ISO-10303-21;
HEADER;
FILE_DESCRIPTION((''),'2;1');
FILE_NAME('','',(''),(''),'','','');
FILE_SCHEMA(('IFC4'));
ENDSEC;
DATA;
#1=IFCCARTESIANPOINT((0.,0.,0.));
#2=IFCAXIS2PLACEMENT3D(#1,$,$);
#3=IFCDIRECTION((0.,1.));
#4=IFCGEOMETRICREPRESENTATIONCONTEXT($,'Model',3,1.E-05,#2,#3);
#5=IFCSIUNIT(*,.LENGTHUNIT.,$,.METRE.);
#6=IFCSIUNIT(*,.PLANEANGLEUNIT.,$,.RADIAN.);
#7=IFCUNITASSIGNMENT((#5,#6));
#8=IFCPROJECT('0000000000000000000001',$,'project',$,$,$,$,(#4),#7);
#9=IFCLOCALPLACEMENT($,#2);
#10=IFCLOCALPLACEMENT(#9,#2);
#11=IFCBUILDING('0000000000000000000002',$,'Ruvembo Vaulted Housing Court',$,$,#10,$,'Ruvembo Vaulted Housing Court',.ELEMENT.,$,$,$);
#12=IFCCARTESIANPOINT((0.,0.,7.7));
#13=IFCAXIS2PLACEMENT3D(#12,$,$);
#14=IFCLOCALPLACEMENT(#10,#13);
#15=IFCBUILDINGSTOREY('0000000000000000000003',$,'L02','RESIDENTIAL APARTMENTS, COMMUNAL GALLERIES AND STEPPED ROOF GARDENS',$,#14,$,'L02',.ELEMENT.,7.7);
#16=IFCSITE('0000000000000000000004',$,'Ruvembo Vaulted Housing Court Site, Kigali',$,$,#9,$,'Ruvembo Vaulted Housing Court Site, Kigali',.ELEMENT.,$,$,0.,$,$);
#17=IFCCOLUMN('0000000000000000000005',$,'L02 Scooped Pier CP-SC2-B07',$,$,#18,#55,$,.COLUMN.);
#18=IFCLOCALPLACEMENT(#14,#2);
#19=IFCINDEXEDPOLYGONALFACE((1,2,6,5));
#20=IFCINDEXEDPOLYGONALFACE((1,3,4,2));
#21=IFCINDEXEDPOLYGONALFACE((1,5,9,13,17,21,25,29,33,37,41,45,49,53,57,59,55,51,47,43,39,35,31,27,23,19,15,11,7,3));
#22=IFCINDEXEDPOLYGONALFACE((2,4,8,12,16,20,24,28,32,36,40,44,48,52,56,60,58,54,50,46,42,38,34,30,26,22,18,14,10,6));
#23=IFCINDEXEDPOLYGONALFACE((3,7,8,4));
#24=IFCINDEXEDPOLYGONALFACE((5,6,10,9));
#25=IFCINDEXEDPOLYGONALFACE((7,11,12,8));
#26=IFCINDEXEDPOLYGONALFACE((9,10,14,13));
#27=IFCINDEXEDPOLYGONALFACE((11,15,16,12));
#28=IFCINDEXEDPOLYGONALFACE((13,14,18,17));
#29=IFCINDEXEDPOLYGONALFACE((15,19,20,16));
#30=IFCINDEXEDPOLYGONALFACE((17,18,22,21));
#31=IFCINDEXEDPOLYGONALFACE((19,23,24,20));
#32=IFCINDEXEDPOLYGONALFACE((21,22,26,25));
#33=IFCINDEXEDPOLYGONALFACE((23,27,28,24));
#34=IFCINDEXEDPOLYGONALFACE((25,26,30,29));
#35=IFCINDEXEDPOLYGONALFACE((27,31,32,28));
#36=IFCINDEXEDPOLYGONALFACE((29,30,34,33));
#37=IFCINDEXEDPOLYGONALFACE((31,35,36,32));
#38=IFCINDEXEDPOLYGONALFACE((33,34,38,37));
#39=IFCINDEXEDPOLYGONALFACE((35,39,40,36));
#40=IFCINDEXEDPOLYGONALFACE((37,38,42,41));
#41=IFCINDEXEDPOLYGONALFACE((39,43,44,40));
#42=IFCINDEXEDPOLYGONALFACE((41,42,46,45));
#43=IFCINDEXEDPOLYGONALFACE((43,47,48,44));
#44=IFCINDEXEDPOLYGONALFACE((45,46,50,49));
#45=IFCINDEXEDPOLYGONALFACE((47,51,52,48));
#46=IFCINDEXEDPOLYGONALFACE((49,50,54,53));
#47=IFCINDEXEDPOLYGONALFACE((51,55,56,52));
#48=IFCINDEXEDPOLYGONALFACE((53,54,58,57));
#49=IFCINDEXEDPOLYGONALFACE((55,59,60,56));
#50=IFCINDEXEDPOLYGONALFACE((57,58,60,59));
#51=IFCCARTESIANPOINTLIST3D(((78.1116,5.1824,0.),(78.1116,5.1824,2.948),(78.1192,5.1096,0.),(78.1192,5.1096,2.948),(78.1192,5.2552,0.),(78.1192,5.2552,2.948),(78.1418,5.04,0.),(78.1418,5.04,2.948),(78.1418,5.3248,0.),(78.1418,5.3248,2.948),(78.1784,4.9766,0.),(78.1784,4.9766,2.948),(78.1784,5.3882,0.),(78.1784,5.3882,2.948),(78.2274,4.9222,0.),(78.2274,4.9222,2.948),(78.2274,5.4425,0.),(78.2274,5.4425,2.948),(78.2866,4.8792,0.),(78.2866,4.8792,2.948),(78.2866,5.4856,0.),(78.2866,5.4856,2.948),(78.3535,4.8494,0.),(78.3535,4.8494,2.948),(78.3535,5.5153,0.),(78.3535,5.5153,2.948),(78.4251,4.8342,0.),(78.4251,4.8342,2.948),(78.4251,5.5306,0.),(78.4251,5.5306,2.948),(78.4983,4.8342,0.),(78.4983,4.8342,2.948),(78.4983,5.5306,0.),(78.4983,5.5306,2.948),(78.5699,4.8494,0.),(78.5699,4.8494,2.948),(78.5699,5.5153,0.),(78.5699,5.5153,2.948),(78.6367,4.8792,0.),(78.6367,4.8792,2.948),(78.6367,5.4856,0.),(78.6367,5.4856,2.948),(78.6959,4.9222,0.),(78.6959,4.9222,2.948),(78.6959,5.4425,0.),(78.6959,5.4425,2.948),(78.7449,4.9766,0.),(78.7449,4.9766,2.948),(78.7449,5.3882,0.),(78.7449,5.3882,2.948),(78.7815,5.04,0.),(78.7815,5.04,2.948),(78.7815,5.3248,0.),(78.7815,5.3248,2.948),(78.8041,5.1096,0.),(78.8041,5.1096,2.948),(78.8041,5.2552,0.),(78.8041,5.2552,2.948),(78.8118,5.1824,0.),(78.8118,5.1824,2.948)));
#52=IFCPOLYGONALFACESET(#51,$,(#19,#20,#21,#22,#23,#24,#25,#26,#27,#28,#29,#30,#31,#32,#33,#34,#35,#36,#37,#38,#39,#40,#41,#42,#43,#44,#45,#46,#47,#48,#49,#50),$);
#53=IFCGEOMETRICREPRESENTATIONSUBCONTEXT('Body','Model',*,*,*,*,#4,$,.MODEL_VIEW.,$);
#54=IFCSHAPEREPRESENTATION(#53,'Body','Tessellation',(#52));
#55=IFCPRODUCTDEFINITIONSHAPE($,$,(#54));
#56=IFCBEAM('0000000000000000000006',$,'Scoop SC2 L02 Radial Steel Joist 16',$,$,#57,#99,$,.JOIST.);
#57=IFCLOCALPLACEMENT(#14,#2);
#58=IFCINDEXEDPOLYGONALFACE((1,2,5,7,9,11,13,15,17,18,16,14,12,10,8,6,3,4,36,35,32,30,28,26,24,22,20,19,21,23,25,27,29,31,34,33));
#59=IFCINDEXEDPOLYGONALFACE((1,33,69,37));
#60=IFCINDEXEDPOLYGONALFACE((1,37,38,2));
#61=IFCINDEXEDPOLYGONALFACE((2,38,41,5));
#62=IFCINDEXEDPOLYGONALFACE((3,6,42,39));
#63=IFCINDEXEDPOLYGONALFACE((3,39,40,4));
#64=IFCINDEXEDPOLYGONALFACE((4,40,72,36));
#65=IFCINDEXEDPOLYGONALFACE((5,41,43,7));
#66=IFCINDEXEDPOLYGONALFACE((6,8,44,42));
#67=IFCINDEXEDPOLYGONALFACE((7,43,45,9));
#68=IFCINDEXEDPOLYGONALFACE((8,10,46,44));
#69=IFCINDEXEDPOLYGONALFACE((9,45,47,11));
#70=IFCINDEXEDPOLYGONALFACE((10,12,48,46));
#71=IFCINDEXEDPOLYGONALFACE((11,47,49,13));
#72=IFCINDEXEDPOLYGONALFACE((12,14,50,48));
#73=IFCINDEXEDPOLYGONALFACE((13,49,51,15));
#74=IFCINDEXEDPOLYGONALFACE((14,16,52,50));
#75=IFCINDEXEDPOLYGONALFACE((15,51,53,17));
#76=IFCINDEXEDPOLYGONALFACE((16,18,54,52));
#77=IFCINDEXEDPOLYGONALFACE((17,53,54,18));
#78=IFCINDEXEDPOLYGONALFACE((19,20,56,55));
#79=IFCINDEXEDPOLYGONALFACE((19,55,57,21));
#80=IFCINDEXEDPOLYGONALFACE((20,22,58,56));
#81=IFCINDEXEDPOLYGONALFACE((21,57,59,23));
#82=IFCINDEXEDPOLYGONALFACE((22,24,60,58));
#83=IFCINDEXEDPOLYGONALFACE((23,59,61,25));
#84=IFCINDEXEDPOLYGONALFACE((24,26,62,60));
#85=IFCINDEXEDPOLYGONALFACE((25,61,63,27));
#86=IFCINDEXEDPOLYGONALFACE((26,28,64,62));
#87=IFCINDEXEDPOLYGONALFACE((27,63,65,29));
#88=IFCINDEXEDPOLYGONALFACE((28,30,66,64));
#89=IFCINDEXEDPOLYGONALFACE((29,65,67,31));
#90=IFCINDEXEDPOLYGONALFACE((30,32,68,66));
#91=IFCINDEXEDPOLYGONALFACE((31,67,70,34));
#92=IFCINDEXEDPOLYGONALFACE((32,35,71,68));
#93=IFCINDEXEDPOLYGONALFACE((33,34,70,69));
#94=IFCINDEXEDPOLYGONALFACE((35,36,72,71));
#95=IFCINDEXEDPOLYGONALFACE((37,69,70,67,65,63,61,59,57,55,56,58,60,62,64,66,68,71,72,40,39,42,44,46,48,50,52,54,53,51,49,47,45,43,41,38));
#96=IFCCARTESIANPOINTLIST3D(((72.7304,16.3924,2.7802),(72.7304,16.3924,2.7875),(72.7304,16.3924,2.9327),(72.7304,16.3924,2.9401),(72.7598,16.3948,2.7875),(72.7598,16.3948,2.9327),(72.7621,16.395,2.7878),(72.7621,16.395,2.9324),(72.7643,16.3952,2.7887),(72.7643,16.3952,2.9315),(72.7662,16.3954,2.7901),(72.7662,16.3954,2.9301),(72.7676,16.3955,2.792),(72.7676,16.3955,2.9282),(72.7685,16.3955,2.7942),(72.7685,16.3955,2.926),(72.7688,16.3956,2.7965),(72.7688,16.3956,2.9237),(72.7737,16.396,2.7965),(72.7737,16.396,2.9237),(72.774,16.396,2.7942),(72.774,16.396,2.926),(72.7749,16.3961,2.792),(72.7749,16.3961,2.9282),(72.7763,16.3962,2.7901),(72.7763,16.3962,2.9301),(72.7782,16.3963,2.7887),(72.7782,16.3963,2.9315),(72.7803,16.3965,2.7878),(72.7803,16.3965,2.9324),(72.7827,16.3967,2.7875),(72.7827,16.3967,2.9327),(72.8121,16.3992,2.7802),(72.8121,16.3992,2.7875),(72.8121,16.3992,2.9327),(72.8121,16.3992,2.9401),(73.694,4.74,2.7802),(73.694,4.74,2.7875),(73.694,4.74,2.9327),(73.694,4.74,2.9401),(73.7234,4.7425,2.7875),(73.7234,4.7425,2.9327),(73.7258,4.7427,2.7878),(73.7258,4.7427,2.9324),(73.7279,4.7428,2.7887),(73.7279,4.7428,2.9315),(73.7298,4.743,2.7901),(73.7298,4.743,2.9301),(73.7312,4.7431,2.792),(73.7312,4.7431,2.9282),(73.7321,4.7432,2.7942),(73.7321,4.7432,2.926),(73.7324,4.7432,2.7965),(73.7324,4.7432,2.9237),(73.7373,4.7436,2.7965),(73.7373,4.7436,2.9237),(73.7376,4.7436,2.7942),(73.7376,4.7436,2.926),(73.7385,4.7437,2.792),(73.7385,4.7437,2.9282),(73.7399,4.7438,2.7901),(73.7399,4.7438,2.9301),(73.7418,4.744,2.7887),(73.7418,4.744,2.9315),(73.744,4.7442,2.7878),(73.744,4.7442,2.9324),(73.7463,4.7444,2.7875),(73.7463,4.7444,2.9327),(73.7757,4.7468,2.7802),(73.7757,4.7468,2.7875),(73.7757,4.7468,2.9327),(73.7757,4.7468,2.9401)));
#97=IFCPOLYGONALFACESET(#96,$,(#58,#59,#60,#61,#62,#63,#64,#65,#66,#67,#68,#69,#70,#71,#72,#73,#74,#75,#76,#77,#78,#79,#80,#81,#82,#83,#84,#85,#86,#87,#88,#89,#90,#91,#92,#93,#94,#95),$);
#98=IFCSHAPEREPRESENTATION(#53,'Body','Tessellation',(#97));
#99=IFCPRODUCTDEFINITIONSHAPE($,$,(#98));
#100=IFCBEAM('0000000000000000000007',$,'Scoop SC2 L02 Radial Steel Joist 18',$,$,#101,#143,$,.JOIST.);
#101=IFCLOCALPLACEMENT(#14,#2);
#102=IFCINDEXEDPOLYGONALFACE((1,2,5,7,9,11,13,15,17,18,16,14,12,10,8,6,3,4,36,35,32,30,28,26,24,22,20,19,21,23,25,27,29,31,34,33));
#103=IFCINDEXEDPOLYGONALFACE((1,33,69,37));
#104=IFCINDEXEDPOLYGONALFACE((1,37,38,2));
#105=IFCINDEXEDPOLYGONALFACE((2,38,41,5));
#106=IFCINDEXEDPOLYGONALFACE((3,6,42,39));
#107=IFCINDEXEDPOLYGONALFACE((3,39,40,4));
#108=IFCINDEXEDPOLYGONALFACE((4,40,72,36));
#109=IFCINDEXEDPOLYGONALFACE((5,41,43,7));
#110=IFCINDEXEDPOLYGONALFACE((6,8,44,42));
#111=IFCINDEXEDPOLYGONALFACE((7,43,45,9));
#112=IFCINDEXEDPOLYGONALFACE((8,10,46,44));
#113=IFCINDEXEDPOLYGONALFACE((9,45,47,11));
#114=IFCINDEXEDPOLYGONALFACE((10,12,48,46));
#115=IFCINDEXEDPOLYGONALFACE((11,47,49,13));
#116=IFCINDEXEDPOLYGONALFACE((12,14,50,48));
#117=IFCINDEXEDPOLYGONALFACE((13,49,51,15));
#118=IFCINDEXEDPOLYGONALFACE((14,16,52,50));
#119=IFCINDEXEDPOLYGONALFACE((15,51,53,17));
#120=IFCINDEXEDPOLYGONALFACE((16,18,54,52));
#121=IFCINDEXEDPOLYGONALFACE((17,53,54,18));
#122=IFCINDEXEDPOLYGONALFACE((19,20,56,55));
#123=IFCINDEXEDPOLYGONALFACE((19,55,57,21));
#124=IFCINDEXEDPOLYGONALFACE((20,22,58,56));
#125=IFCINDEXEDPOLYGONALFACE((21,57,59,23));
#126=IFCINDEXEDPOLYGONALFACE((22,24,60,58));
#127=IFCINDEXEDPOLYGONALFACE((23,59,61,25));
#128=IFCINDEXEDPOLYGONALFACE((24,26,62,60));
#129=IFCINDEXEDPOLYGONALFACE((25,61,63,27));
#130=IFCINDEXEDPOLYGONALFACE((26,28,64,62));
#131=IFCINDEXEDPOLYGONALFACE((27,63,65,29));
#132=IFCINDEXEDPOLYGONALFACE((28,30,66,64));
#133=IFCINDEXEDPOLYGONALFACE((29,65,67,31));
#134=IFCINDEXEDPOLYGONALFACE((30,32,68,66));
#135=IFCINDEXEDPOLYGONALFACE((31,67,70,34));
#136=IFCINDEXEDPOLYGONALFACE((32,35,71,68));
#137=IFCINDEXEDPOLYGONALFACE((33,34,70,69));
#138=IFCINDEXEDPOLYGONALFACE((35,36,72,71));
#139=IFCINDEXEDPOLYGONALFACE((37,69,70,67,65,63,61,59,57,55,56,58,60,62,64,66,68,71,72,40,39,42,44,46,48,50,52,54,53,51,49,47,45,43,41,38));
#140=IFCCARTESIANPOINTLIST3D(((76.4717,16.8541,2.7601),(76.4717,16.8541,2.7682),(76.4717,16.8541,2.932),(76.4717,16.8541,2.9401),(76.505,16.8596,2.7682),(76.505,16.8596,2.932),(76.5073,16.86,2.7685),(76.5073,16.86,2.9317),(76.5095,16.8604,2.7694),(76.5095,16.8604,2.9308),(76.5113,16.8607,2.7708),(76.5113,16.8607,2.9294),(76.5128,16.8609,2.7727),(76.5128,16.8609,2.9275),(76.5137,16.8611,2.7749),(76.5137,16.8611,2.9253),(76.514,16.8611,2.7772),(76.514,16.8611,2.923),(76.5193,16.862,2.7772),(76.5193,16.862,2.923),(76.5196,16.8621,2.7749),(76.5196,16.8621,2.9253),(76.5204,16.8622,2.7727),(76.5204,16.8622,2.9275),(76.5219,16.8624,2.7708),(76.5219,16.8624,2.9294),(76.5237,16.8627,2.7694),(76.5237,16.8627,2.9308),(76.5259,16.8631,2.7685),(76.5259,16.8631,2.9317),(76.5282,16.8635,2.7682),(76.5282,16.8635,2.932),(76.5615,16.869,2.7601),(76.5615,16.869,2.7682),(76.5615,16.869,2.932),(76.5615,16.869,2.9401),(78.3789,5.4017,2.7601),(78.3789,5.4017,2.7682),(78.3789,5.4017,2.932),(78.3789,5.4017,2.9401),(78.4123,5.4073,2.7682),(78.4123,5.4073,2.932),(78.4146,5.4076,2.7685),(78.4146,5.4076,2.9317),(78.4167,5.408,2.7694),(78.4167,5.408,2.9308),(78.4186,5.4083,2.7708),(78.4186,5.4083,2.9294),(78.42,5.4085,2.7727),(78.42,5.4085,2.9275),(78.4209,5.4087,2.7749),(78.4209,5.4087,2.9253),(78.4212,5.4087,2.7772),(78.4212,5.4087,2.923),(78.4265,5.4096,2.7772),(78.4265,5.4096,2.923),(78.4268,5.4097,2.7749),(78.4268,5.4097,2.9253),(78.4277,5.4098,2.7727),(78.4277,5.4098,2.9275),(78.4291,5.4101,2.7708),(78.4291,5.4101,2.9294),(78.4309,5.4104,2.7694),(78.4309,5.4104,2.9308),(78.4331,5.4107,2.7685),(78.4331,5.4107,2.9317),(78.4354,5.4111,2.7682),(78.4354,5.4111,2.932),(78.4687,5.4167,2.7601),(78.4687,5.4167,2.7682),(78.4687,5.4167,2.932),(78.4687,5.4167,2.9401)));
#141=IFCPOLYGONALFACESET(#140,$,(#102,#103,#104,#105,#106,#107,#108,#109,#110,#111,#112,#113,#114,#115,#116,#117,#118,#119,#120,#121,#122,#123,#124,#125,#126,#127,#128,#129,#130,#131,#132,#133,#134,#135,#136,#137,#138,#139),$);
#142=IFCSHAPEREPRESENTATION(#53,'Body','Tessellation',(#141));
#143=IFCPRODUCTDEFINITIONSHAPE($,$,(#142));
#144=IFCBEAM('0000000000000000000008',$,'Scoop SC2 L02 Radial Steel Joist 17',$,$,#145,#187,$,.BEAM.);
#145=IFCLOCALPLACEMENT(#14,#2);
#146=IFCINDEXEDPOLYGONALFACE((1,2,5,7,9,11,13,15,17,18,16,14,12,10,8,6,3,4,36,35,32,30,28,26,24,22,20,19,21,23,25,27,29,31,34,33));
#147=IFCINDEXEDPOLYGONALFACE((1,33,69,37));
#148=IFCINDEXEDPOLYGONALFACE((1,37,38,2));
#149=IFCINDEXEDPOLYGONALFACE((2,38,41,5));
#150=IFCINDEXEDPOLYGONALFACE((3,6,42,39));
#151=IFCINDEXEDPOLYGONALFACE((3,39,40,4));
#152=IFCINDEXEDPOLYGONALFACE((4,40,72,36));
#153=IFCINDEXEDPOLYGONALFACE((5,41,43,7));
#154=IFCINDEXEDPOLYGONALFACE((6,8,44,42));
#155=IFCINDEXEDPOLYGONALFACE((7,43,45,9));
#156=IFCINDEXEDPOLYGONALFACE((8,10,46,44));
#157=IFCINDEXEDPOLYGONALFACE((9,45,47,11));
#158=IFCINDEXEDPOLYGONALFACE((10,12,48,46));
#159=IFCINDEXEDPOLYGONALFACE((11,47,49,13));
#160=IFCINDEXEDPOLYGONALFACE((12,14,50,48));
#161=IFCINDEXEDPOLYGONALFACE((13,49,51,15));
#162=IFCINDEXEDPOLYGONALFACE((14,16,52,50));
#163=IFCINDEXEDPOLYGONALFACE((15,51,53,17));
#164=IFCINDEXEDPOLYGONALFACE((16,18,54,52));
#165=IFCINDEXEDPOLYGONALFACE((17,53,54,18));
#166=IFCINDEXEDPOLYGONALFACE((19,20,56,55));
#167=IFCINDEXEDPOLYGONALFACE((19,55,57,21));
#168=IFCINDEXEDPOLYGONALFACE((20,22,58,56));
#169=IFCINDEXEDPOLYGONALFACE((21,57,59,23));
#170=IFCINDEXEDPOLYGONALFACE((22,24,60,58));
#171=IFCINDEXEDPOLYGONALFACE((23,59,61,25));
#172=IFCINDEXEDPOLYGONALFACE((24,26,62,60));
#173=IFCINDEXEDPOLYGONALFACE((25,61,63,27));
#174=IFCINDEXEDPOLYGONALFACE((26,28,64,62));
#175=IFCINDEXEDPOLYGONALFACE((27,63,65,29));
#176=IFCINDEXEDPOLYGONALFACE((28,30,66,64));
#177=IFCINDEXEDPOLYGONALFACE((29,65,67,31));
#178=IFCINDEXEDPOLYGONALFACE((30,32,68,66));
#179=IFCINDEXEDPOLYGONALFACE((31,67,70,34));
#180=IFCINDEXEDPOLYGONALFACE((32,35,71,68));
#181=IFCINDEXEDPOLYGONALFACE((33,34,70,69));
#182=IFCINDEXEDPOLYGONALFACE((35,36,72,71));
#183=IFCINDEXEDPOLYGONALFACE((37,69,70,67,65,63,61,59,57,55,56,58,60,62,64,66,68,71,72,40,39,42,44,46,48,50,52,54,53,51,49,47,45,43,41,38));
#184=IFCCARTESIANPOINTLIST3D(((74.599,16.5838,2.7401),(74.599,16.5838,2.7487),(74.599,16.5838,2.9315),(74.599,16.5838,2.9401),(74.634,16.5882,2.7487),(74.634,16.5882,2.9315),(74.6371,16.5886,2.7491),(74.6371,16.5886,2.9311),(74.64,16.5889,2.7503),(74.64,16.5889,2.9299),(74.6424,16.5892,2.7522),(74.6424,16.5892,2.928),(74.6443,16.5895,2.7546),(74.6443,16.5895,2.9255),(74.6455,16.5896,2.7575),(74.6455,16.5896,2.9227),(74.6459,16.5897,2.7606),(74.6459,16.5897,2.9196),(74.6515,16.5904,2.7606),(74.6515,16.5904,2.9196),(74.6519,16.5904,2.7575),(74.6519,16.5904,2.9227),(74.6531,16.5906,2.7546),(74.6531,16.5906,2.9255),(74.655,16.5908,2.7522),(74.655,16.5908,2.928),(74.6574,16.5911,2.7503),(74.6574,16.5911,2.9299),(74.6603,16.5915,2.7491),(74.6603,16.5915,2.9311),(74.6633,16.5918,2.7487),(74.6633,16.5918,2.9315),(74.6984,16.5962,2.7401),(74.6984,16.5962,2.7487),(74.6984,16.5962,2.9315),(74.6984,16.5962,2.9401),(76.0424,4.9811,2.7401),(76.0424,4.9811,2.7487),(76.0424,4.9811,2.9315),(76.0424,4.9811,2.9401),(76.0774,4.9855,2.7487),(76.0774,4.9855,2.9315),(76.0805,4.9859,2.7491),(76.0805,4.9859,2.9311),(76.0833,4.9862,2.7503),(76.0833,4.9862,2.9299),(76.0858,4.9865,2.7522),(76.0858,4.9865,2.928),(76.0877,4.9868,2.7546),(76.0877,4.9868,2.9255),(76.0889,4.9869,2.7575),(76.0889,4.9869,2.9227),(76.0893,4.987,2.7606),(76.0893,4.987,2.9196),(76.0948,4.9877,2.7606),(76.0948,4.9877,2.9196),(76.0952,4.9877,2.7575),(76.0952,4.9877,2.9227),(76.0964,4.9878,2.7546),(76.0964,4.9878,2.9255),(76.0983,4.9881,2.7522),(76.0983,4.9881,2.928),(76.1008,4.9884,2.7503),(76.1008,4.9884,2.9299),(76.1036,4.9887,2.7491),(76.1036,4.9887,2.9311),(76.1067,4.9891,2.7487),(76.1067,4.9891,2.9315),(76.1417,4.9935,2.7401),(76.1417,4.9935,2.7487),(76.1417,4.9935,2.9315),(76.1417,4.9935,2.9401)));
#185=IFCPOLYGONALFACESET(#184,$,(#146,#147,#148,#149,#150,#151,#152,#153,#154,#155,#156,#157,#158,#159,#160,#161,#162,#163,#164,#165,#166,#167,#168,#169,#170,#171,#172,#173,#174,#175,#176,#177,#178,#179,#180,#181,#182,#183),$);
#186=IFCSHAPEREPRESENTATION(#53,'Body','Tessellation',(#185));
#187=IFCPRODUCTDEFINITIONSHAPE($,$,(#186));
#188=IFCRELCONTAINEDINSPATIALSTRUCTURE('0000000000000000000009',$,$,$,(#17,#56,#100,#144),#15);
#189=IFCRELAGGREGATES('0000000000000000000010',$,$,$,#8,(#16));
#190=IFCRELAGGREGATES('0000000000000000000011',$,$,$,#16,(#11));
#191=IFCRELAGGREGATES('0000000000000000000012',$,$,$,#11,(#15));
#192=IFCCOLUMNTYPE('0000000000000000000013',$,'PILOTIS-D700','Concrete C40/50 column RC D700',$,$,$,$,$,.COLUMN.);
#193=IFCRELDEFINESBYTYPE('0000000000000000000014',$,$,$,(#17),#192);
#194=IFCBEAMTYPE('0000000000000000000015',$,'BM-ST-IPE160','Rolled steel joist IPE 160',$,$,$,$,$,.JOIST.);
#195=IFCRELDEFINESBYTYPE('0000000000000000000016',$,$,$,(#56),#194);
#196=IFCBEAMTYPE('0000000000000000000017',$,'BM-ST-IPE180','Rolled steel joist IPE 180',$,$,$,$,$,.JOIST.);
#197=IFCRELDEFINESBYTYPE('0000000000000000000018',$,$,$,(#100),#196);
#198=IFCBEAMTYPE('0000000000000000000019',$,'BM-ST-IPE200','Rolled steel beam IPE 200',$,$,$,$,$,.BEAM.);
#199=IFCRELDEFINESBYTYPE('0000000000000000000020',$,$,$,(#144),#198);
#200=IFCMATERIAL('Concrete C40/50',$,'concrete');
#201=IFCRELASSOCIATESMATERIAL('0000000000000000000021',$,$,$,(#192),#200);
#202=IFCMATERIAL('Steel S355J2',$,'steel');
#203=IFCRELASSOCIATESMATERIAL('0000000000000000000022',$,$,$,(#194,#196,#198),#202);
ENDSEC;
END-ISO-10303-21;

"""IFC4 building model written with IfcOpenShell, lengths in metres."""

from ifc_helpers import new_model, si_unit, direction, frame, origin, origin_2d, place, context, subcontext, project, spatial, circle, i_section, extrude, material, material_profile, profile_set, type_object, element, save


model = new_model("IFC4")

# Units and contexts
model_context = context("Model", 3, precision=1e-05, world=origin(), true_north=direction((0.0, 1.0)))
body_context = subcontext(model_context, "Body", "Model", "MODEL_VIEW")
ifc_project = project(units=[si_unit("LENGTHUNIT", "METRE"), si_unit("PLANEANGLEUNIT", "RADIAN")], contexts=[model_context])

# Site, building, storey
site_placement = place(None, origin())
site = spatial("IfcSite", under=ifc_project, at=site_placement, Name="Ruvembo Vaulted Housing Court Site, Kigali", LongName="Ruvembo Vaulted Housing Court Site, Kigali", CompositionType="ELEMENT", RefElevation=0.0)
building_placement = place(site_placement, origin())
building = spatial("IfcBuilding", under=site, at=building_placement, Name="Ruvembo Vaulted Housing Court", LongName="Ruvembo Vaulted Housing Court", CompositionType="ELEMENT")
storey_placement = place(building_placement, frame((0.0, 0.0, 7.7)))
storey = spatial("IfcBuildingStorey", under=building, at=storey_placement, Name="L02", Description="RESIDENTIAL APARTMENTS, COMMUNAL GALLERIES AND STEPPED ROOF GARDENS", LongName="L02", CompositionType="ELEMENT", Elevation=7.7)

# Column
ifc_material_1 = material(Name="Concrete C40/50", Category="concrete")
ifc_material_profile_1 = material_profile(ifc_material_1, circle(Radius=0.3501, at=origin_2d()), Name="RC D700")
ifc_profile_set_1 = profile_set([ifc_material_profile_1], Name="Concrete C40/50")
column_type = type_object("IfcColumnType", Name="PILOTIS-D700", Description="Concrete C40/50 column RC D700", PredefinedType="COLUMN", material=ifc_profile_set_1)
column_placement = place(storey_placement, frame((78.4617, 5.1824, 0.0), z_axis=(0.0, 0.0, 1.0), x_axis=(1.0, 0.0, 0.0)))
element("IfcColumn", 1, at=column_placement, inside=storey, type_object=column_type, Name="L02 Scooped Pier CP-SC2-B07", PredefinedType="COLUMN", context=body_context, shape_type="SweptSolid", body=[
    extrude(circle(Radius=0.3501, at=origin_2d()), origin(), (0.0, 0.0, 1.0), 2.948),
])

# Beams
ifc_material_2 = material(Name="Steel S355J2", Category="steel")
ifc_material_profile_2 = material_profile(ifc_material_2, i_section(OverallWidth=0.082, OverallDepth=0.1599, WebThickness=0.0049, FlangeThickness=0.0073, FilletRadius=0.009, at=origin_2d()), Name="IPE 160")
ifc_profile_set_2 = profile_set([ifc_material_profile_2], Name="Steel S355J2")
beam_type_1 = type_object("IfcBeamType", Name="BM-ST-IPE160", Description="Rolled steel joist IPE 160", PredefinedType="JOIST", material=ifc_profile_set_2)
beam_1_placement = place(storey_placement, frame((73.7349, 4.7434, 2.8601), z_axis=(-0.082416, 0.996598, 0.0), x_axis=(-0.996598, -0.082416, 0.0)))
element("IfcBeam", 2, at=beam_1_placement, inside=storey, type_object=beam_type_1, Name="Scoop SC2 L02 Radial Steel Joist 16", PredefinedType="JOIST", context=body_context, shape_type="SweptSolid", body=[
    extrude(i_section(OverallWidth=0.082, OverallDepth=0.1599, WebThickness=0.0049, FlangeThickness=0.0073, FilletRadius=0.009, at=origin_2d()), origin(), (0.0, 0.0, 1.0), 11.6921),
])
ifc_material_profile_3 = material_profile(ifc_material_2, i_section(OverallWidth=0.0911, OverallDepth=0.1799, WebThickness=0.0054, FlangeThickness=0.0081, FilletRadius=0.009, at=origin_2d()), Name="IPE 180")
ifc_profile_set_3 = profile_set([ifc_material_profile_3], Name="Steel S355J2")
beam_type_2 = type_object("IfcBeamType", Name="BM-ST-IPE180", Description="Rolled steel joist IPE 180", PredefinedType="JOIST", material=ifc_profile_set_3)
beam_2_placement = place(storey_placement, frame((78.4238, 5.4092, 2.8501), z_axis=(-0.164273, 0.986415, 0.0), x_axis=(-0.986415, -0.164273, 0.0)))
element("IfcBeam", 3, at=beam_2_placement, inside=storey, type_object=beam_type_2, Name="Scoop SC2 L02 Radial Steel Joist 18", PredefinedType="JOIST", context=body_context, shape_type="SweptSolid", body=[
    extrude(i_section(OverallWidth=0.0911, OverallDepth=0.1799, WebThickness=0.0054, FlangeThickness=0.0081, FilletRadius=0.009, at=origin_2d()), origin(), (0.0, 0.0, 1.0), 11.6101),
])
ifc_material_profile_4 = material_profile(ifc_material_2, i_section(OverallWidth=0.1001, OverallDepth=0.2, WebThickness=0.0056, FlangeThickness=0.0085, FilletRadius=0.012, at=origin_2d()), Name="IPE 200")
ifc_profile_set_4 = profile_set([ifc_material_profile_4], Name="Steel S355J2")
beam_type_3 = type_object("IfcBeamType", Name="BM-ST-IPE200", Description="Rolled steel beam IPE 200", PredefinedType="BEAM", material=ifc_profile_set_4)
beam_3_placement = place(storey_placement, frame((76.092, 4.9873, 2.8401), z_axis=(-0.123446, 0.992351, 0.0), x_axis=(-0.992351, -0.123446, 0.0)))
element("IfcBeam", 4, at=beam_3_placement, inside=storey, type_object=beam_type_3, Name="Scoop SC2 L02 Radial Steel Joist 17", PredefinedType="BEAM", context=body_context, shape_type="SweptSolid", body=[
    extrude(i_section(OverallWidth=0.1001, OverallDepth=0.2, WebThickness=0.0056, FlangeThickness=0.0085, FilletRadius=0.012, at=origin_2d()), origin(), (0.0, 0.0, 1.0), 11.6921),
])

save(model, "model.ifc")
